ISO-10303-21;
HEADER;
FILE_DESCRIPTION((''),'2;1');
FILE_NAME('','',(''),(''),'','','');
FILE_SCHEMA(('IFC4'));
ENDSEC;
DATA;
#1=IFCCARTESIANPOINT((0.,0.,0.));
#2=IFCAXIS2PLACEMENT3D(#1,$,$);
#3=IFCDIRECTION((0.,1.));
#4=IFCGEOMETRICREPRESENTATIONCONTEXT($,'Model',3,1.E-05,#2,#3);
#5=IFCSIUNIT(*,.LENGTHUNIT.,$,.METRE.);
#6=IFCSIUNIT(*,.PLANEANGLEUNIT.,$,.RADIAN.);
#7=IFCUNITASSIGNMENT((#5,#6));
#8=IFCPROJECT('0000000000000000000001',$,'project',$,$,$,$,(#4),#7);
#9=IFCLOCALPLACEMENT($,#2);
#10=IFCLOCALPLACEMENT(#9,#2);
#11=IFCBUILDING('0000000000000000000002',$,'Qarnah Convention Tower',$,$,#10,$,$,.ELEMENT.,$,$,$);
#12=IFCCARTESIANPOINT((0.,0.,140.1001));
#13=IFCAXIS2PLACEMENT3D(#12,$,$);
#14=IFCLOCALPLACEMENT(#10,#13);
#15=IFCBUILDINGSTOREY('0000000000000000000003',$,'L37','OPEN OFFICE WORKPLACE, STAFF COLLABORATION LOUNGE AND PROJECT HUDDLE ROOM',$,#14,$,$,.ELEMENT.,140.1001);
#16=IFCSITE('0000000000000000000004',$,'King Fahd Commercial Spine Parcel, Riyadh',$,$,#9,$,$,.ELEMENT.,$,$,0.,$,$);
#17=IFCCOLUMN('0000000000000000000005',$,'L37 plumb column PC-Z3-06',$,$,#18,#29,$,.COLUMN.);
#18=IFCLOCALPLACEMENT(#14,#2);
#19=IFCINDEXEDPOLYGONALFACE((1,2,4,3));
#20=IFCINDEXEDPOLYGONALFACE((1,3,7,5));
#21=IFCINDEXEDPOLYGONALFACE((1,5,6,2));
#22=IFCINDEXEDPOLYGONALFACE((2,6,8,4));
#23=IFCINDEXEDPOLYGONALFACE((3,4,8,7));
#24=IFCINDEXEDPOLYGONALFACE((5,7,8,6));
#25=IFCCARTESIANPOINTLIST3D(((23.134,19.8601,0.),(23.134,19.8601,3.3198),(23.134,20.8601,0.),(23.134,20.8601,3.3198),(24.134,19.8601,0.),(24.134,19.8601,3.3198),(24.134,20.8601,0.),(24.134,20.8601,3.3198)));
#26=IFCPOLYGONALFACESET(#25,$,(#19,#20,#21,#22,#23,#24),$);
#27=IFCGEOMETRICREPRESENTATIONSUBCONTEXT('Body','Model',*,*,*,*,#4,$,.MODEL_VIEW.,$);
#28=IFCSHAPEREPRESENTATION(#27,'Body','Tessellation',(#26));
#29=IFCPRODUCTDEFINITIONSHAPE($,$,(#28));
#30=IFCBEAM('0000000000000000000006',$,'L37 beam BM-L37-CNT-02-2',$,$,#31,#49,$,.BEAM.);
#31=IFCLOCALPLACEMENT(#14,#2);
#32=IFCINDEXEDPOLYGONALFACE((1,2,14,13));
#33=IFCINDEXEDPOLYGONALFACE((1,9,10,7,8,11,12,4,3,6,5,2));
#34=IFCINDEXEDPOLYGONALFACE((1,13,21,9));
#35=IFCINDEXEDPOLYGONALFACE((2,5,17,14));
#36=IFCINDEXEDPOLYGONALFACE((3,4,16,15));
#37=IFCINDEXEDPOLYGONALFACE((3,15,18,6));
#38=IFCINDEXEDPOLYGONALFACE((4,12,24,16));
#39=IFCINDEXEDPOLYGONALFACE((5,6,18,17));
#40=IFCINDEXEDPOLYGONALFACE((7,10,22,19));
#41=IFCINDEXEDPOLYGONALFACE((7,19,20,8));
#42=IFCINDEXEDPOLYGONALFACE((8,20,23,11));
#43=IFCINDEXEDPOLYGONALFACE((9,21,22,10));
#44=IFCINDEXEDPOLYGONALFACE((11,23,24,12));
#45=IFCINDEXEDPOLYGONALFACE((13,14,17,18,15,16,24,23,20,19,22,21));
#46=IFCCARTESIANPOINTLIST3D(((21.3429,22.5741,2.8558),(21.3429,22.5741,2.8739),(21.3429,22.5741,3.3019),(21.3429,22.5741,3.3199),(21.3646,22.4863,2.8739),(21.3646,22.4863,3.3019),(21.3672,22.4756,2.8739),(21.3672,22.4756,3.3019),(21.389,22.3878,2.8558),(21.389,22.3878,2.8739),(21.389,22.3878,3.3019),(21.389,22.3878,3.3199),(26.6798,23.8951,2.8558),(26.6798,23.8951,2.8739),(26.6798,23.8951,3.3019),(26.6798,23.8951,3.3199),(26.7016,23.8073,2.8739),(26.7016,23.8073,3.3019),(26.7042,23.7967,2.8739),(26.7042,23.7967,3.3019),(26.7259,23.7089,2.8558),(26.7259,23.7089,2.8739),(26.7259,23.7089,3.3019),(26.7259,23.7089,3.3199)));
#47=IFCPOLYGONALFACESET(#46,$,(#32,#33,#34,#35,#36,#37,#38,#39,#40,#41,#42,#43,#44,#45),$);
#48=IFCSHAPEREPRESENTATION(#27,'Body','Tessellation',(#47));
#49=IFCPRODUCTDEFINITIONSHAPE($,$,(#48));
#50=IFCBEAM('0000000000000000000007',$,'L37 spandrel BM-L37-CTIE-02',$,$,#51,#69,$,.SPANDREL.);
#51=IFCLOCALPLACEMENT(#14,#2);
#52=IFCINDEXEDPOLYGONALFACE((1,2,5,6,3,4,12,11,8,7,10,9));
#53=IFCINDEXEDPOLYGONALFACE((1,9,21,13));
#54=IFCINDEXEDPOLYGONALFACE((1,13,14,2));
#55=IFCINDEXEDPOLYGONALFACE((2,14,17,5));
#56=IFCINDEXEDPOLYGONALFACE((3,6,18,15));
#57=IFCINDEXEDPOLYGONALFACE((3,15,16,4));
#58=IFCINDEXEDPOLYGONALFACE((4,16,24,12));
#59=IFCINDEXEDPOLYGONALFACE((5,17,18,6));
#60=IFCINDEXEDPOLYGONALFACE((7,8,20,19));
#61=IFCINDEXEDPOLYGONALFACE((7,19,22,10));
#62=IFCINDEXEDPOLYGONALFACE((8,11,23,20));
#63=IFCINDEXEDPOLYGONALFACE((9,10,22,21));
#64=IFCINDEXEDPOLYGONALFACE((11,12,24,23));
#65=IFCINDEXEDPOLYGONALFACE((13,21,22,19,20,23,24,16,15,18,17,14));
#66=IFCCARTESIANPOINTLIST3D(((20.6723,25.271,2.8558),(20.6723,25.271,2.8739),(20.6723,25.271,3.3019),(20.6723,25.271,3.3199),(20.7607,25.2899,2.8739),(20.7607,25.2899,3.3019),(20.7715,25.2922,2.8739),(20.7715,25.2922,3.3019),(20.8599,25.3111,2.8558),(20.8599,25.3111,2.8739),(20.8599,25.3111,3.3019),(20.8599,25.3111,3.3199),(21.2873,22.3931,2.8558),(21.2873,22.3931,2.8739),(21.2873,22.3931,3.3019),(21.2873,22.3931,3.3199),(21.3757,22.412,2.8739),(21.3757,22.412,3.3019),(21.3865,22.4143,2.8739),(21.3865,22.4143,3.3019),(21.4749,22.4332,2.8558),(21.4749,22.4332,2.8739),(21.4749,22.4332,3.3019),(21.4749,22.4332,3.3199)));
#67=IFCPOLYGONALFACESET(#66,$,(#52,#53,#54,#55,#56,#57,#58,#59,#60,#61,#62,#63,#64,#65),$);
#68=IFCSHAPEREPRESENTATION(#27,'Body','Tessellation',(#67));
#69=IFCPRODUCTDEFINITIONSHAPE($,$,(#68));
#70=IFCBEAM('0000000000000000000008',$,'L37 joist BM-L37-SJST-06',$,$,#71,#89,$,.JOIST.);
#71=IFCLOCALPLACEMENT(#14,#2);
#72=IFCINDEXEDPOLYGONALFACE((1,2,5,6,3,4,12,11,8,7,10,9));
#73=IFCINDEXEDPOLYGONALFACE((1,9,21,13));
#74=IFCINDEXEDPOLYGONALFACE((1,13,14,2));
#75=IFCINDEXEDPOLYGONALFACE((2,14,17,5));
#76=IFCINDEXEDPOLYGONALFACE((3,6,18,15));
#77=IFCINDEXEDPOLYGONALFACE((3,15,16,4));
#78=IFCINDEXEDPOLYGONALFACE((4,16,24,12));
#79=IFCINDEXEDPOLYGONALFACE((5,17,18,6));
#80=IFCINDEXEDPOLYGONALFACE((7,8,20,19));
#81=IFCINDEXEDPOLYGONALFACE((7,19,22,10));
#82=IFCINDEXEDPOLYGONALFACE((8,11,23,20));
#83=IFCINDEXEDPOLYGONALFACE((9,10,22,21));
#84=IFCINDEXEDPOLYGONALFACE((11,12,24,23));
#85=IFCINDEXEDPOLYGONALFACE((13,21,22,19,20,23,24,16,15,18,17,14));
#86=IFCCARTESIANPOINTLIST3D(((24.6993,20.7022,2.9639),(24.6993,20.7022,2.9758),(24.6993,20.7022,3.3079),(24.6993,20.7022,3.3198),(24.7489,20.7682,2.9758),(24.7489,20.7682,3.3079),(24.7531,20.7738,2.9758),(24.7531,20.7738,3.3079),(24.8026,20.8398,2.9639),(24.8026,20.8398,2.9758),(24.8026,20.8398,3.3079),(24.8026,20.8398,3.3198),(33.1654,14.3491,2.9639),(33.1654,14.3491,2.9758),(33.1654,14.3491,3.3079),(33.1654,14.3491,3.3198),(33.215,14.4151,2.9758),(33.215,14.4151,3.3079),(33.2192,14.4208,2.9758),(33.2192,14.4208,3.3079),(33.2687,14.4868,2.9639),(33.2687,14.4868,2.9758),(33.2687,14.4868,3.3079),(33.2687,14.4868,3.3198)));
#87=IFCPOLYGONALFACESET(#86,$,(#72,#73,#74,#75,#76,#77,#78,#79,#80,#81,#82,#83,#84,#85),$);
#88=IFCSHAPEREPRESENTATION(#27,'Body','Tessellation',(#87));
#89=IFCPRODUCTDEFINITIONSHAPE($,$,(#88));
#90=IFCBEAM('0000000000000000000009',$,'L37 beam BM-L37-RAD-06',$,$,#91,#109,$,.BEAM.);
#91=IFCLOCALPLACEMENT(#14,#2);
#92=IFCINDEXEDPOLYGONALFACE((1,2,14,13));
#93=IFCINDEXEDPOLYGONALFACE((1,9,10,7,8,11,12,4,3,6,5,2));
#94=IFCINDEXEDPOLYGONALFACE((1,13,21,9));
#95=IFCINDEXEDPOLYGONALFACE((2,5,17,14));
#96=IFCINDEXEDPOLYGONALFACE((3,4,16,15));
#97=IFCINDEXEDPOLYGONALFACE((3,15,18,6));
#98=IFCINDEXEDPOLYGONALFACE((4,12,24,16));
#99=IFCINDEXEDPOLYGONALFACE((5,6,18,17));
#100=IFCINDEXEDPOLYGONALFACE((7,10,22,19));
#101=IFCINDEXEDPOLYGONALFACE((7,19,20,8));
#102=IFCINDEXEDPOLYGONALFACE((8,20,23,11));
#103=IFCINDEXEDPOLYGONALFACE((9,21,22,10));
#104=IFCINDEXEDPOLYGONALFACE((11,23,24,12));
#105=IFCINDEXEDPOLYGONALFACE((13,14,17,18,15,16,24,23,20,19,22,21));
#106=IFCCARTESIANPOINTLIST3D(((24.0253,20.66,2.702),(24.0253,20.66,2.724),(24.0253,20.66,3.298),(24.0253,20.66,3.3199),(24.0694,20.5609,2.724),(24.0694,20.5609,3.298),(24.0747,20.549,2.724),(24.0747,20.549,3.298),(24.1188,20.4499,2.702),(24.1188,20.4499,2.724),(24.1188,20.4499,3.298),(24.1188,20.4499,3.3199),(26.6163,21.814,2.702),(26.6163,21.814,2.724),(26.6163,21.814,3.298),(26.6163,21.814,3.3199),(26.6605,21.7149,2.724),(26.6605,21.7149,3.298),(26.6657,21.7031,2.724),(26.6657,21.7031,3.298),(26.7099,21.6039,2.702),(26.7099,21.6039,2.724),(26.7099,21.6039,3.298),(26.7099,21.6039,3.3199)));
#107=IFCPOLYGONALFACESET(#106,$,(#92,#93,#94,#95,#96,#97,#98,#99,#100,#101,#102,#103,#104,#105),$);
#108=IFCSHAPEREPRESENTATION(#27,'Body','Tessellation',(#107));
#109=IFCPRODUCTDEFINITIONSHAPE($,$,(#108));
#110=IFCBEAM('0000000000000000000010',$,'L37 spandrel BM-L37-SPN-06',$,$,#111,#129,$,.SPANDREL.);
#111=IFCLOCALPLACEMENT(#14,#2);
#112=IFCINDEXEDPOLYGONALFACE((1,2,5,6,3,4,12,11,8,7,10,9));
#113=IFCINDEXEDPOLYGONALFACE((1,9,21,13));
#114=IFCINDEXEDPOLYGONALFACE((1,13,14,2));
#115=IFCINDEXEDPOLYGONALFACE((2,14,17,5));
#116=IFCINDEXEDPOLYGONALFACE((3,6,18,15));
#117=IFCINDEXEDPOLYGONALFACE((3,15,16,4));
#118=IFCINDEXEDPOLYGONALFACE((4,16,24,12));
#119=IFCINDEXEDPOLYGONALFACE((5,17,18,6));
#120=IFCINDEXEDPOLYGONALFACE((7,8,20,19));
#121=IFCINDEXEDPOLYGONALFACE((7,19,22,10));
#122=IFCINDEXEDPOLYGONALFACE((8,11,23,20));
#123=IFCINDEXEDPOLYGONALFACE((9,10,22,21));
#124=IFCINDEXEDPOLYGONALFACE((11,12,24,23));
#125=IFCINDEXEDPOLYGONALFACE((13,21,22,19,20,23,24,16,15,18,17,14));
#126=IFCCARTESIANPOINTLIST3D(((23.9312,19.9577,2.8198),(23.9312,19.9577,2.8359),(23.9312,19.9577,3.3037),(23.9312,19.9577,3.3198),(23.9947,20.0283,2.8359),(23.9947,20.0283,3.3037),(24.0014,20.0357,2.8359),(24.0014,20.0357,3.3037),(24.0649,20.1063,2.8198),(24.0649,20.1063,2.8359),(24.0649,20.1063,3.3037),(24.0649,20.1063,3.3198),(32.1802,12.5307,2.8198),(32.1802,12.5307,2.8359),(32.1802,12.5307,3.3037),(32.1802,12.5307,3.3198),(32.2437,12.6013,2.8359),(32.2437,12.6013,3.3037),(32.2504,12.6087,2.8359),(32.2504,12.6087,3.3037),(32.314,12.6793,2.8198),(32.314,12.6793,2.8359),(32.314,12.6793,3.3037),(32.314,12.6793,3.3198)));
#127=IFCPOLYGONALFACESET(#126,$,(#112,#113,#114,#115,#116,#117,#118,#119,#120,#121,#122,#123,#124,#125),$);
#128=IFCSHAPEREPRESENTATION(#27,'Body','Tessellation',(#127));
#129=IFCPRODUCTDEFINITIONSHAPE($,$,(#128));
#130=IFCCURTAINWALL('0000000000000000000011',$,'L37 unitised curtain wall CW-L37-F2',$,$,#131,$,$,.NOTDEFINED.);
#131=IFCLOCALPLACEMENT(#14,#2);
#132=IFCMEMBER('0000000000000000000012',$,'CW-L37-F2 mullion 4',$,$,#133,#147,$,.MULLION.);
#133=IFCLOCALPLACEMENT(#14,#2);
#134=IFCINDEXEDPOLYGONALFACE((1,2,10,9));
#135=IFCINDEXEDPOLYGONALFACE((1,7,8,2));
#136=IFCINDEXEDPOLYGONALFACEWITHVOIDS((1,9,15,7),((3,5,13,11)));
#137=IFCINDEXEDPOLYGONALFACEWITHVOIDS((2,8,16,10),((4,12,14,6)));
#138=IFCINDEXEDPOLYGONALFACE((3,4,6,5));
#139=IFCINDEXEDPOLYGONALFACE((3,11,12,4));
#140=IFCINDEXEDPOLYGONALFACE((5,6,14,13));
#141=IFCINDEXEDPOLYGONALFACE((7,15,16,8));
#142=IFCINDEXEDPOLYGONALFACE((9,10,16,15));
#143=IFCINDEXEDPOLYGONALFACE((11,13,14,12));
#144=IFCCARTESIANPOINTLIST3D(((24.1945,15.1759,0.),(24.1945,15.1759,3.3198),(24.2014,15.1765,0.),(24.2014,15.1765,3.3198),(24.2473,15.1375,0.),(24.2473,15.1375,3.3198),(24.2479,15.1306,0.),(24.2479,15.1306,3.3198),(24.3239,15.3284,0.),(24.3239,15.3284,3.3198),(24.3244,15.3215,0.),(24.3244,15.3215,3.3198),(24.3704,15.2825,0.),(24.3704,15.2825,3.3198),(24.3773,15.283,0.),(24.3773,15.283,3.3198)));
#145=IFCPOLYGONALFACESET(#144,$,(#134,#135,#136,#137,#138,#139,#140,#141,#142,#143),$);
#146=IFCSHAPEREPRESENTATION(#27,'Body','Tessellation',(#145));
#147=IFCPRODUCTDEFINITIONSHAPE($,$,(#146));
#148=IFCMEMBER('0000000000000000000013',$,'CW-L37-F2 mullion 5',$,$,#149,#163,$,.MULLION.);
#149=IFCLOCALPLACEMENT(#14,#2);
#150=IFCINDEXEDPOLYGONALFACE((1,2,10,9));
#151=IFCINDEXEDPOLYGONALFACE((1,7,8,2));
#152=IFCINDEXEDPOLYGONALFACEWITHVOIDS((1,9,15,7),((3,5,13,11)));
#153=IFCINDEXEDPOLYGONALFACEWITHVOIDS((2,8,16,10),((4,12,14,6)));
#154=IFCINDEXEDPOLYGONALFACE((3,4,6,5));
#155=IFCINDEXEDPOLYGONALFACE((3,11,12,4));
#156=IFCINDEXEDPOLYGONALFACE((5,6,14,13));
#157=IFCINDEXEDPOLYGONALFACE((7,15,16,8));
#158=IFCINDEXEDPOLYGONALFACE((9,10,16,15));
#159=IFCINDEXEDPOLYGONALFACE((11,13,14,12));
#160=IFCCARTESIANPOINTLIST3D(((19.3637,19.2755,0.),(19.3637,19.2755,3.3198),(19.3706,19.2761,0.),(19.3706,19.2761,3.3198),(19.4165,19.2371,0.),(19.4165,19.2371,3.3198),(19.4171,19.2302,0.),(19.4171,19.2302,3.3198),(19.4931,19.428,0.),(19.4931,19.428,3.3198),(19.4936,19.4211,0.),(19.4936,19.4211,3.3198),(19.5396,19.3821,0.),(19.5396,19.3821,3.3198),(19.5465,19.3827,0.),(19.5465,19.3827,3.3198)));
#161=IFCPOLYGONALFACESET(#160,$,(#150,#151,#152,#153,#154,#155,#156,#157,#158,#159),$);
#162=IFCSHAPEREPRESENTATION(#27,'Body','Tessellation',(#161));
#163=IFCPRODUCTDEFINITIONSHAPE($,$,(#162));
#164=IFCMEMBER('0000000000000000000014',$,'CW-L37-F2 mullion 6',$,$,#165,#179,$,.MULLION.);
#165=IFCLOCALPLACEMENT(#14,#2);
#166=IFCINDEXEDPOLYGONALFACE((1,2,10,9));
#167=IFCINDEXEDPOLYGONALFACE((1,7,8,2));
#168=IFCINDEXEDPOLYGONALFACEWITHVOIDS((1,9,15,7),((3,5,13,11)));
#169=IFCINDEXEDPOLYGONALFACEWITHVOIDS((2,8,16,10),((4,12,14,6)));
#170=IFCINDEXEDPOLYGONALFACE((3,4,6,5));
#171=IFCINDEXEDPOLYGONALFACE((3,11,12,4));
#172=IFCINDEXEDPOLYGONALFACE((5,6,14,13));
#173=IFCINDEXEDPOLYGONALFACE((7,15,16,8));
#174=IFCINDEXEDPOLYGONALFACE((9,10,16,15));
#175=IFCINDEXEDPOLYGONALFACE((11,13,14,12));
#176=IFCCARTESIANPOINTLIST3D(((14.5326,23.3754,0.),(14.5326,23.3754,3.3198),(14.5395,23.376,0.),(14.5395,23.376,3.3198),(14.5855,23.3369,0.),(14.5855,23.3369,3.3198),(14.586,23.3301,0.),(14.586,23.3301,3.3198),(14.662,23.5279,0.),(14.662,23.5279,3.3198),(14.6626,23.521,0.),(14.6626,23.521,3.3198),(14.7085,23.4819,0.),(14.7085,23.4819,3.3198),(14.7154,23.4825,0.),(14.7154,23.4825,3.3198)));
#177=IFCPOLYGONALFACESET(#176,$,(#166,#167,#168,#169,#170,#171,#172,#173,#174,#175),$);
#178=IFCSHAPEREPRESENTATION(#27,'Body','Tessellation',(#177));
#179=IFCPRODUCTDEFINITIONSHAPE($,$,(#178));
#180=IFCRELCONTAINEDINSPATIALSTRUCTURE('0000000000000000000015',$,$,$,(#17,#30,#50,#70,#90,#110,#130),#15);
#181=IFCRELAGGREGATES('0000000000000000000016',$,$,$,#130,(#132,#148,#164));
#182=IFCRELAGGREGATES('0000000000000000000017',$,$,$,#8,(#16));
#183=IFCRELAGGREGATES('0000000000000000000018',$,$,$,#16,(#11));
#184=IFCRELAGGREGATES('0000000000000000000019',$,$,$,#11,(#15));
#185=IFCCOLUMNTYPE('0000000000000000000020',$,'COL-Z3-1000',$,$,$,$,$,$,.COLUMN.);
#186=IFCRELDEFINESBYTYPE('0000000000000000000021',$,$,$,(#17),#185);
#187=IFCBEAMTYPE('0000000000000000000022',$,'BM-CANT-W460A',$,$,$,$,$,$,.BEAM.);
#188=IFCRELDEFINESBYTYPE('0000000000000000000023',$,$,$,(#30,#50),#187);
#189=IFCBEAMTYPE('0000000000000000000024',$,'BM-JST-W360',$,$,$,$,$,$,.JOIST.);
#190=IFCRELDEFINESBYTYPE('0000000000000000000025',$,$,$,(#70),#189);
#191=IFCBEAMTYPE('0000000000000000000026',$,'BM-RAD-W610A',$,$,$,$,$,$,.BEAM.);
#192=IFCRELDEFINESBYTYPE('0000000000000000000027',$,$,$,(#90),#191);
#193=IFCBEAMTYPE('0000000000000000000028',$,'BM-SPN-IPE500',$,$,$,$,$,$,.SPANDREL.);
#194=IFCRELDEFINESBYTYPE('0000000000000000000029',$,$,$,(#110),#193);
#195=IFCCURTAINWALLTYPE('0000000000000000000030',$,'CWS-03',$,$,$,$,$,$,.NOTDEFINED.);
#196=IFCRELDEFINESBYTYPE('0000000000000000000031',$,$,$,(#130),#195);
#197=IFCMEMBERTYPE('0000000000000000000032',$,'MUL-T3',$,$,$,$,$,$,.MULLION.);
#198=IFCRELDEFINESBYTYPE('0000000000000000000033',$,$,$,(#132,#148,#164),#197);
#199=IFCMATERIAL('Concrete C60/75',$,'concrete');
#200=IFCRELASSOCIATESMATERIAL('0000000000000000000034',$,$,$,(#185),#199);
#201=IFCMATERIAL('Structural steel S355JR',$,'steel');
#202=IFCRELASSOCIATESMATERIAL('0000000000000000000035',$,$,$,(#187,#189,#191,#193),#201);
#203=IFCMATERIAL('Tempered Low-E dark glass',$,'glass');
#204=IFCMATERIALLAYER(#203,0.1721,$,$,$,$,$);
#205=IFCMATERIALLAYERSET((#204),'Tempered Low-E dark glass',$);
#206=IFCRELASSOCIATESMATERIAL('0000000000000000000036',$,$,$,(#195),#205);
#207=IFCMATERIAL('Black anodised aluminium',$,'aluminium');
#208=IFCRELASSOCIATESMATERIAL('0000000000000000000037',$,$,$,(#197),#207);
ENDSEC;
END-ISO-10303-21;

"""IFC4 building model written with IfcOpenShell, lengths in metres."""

from ifc_helpers import new_model, si_unit, direction, frame, origin, origin_2d, place, context, subcontext, project, spatial, rectangle, hollow_rectangle, i_section, extrude, material, layer, layer_set, material_profile, profile_set, type_object, element, aggregate, save


model = new_model("IFC4")

# Units and contexts
model_context = context("Model", 3, precision=1e-05, world=origin(), true_north=direction((0.0, 1.0)))
body_context = subcontext(model_context, "Body", "Model", "MODEL_VIEW")
ifc_project = project(units=[si_unit("LENGTHUNIT", "METRE"), si_unit("PLANEANGLEUNIT", "RADIAN")], contexts=[model_context])

# Site, building, storey
site_placement = place(None, origin())
site = spatial("IfcSite", under=ifc_project, at=site_placement, Name="King Fahd Commercial Spine Parcel, Riyadh", CompositionType="ELEMENT", RefElevation=0.0)
building_placement = place(site_placement, origin())
building = spatial("IfcBuilding", under=site, at=building_placement, Name="Qarnah Convention Tower", CompositionType="ELEMENT")
storey_placement = place(building_placement, frame((0.0, 0.0, 140.1001)))
storey = spatial("IfcBuildingStorey", under=building, at=storey_placement, Name="L37", Description="OPEN OFFICE WORKPLACE, STAFF COLLABORATION LOUNGE AND PROJECT HUDDLE ROOM", CompositionType="ELEMENT", Elevation=140.1001)

# Column
ifc_material_1 = material(Name="Concrete C60/75", Category="concrete")
ifc_material_profile_1 = material_profile(ifc_material_1, rectangle(XDim=1.0, YDim=1.0, at=origin_2d()), Name="RC-COL-1000X1000")
ifc_profile_set_1 = profile_set([ifc_material_profile_1], Name="Concrete C60/75")
column_type = type_object("IfcColumnType", Name="COL-Z3-1000", PredefinedType="COLUMN", material=ifc_profile_set_1)
column_placement = place(storey_placement, frame((23.634, 20.3601, 0.0), z_axis=(0.0, 0.0, 1.0), x_axis=(1.0, 0.0, 0.0)))
element("IfcColumn", 1, at=column_placement, inside=storey, type_object=column_type, Name="L37 plumb column PC-Z3-06", PredefinedType="COLUMN", context=body_context, shape_type="SweptSolid", body=[
    extrude(rectangle(XDim=1.0, YDim=1.0, at=origin_2d()), origin(), (0.0, 0.0, 1.0), 3.3198),
])

# Beams
ifc_material_2 = material(Name="Structural steel S355JR", Category="steel")
ifc_material_profile_2 = material_profile(ifc_material_2, i_section(OverallWidth=0.1919, OverallDepth=0.4641, WebThickness=0.011, FlangeThickness=0.0181, at=origin_2d()), Name="W460X89")
ifc_profile_set_2 = profile_set([ifc_material_profile_2], Name="Structural steel S355JR")
beam_type_1 = type_object("IfcBeamType", Name="BM-CANT-W460A", PredefinedType="BEAM", material=ifc_profile_set_2)
beam_1_placement = place(storey_placement, frame((26.7029, 23.802, 3.0879), z_axis=(-0.970704, -0.240278, 0.0), x_axis=(0.240278, -0.970704, 0.0)))
element("IfcBeam", 2, at=beam_1_placement, inside=storey, type_object=beam_type_1, Name="L37 beam BM-L37-CNT-02-2", PredefinedType="BEAM", context=body_context, shape_type="SweptSolid", body=[
    extrude(i_section(OverallWidth=0.1919, OverallDepth=0.4641, WebThickness=0.011, FlangeThickness=0.0181, at=origin_2d()), origin(), (0.0, 0.0, 1.0), 5.498),
])
beam_2_placement = place(storey_placement, frame((20.7661, 25.291, 3.0879), z_axis=(0.208974, -0.977921, 0.0), x_axis=(0.977921, 0.208974, 0.0)))
element("IfcBeam", 3, at=beam_2_placement, inside=storey, type_object=beam_type_1, Name="L37 spandrel BM-L37-CTIE-02", PredefinedType="SPANDREL", context=body_context, shape_type="SweptSolid", body=[
    extrude(i_section(OverallWidth=0.1919, OverallDepth=0.4641, WebThickness=0.011, FlangeThickness=0.0181, at=origin_2d()), origin(), (0.0, 0.0, 1.0), 2.9429),
])
ifc_material_profile_3 = material_profile(ifc_material_2, i_section(OverallWidth=0.1721, OverallDepth=0.356, WebThickness=0.0071, FlangeThickness=0.012, at=origin_2d()), Name="W360X51")
ifc_profile_set_3 = profile_set([ifc_material_profile_3], Name="Structural steel S355JR")
beam_type_2 = type_object("IfcBeamType", Name="BM-JST-W360", PredefinedType="JOIST", material=ifc_profile_set_3)
beam_3_placement = place(storey_placement, frame((24.751, 20.771, 3.1418), z_axis=(0.799842, -0.60021, 0.0), x_axis=(0.60021, 0.799842, 0.0)))
element("IfcBeam", 4, at=beam_3_placement, inside=storey, type_object=beam_type_2, Name="L37 joist BM-L37-SJST-06", PredefinedType="JOIST", context=body_context, shape_type="SweptSolid", body=[
    extrude(i_section(OverallWidth=0.1721, OverallDepth=0.356, WebThickness=0.0071, FlangeThickness=0.012, at=origin_2d()), origin(), (0.0, 0.0, 1.0), 10.5847),
])
ifc_material_profile_4 = material_profile(ifc_material_2, i_section(OverallWidth=0.23, OverallDepth=0.6179, WebThickness=0.0129, FlangeThickness=0.022, at=origin_2d()), Name="W610X140")
ifc_profile_set_4 = profile_set([ifc_material_profile_4], Name="Structural steel S355JR")
beam_type_3 = type_object("IfcBeamType", Name="BM-RAD-W610A", PredefinedType="BEAM", material=ifc_profile_set_4)
beam_4_placement = place(storey_placement, frame((26.6631, 21.709, 3.011), z_axis=(-0.913488, -0.406865, 0.0), x_axis=(0.406865, -0.913488, 0.0)))
element("IfcBeam", 5, at=beam_4_placement, inside=storey, type_object=beam_type_3, Name="L37 beam BM-L37-RAD-06", PredefinedType="BEAM", context=body_context, shape_type="SweptSolid", body=[
    extrude(i_section(OverallWidth=0.23, OverallDepth=0.6179, WebThickness=0.0129, FlangeThickness=0.022, at=origin_2d()), origin(), (0.0, 0.0, 1.0), 2.8364),
])
ifc_material_profile_5 = material_profile(ifc_material_2, i_section(OverallWidth=0.2, OverallDepth=0.5, WebThickness=0.01, FlangeThickness=0.0161, at=origin_2d()), Name="IPE500")
ifc_profile_set_5 = profile_set([ifc_material_profile_5], Name="Structural steel S355JR")
beam_type_4 = type_object("IfcBeamType", Name="BM-SPN-IPE500", PredefinedType="SPANDREL", material=ifc_profile_set_5)
beam_5_placement = place(storey_placement, frame((23.998, 20.032, 3.0698), z_axis=(0.743165, -0.669108, 0.0), x_axis=(0.669108, 0.743165, 0.0)))
element("IfcBeam", 6, at=beam_5_placement, inside=storey, type_object=beam_type_4, Name="L37 spandrel BM-L37-SPN-06", PredefinedType="SPANDREL", context=body_context, shape_type="SweptSolid", body=[
    extrude(i_section(OverallWidth=0.2, OverallDepth=0.5, WebThickness=0.01, FlangeThickness=0.0161, at=origin_2d()), origin(), (0.0, 0.0, 1.0), 11.0999),
])

# Curtain wall, members
ifc_material_3 = material(Name="Tempered Low-E dark glass", Category="glass")
ifc_layer_1 = layer(ifc_material_3, 0.1721)
ifc_layer_set_1 = layer_set([ifc_layer_1], Name="Tempered Low-E dark glass")
curtain_wall_type = type_object("IfcCurtainWallType", Name="CWS-03", PredefinedType="NOTDEFINED", material=ifc_layer_set_1)
curtain_wall_placement = place(storey_placement, origin())
curtain_wall = element("IfcCurtainWall", 7, at=curtain_wall_placement, inside=storey, type_object=curtain_wall_type, Name="L37 unitised curtain wall CW-L37-F2", PredefinedType="NOTDEFINED")
ifc_material_4 = material(Name="Black anodised aluminium", Category="aluminium")
ifc_material_profile_6 = material_profile(ifc_material_4, hollow_rectangle(XDim=0.0701, YDim=0.2, WallThickness=0.0049, at=origin_2d()), Name="MUL-70X200")
ifc_profile_set_6 = profile_set([ifc_material_profile_6], Name="Black anodised aluminium")
member_type = type_object("IfcMemberType", Name="MUL-T3", PredefinedType="MULLION", material=ifc_profile_set_6)
member_1_placement = place(storey_placement, frame((24.2859, 15.2295, 0.0), z_axis=(0.0, 0.0, 1.0), x_axis=(-0.762449, 0.647048, 0.0)))
member_1 = element("IfcMember", 8, at=member_1_placement, type_object=member_type, Name="CW-L37-F2 mullion 4", PredefinedType="MULLION", context=body_context, shape_type="SweptSolid", body=[
    extrude(hollow_rectangle(XDim=0.0701, YDim=0.2, WallThickness=0.0049, at=origin_2d()), origin(), (0.0, 0.0, 1.0), 3.3198),
])
member_2_placement = place(storey_placement, frame((19.4551, 19.3291, 0.0), z_axis=(0.0, 0.0, 1.0), x_axis=(-0.762449, 0.647048, 0.0)))
member_2 = element("IfcMember", 9, at=member_2_placement, type_object=member_type, Name="CW-L37-F2 mullion 5", PredefinedType="MULLION", context=body_context, shape_type="SweptSolid", body=[
    extrude(hollow_rectangle(XDim=0.0701, YDim=0.2, WallThickness=0.0049, at=origin_2d()), origin(), (0.0, 0.0, 1.0), 3.3198),
])
member_3_placement = place(storey_placement, frame((14.624, 23.429, 0.0), z_axis=(0.0, 0.0, 1.0), x_axis=(-0.762449, 0.647048, 0.0)))
member_3 = element("IfcMember", 10, at=member_3_placement, type_object=member_type, Name="CW-L37-F2 mullion 6", PredefinedType="MULLION", context=body_context, shape_type="SweptSolid", body=[
    extrude(hollow_rectangle(XDim=0.0701, YDim=0.2, WallThickness=0.0049, at=origin_2d()), origin(), (0.0, 0.0, 1.0), 3.3198),
])
aggregate(curtain_wall, [member_1, member_2, member_3])

save(model, "model.ifc")
